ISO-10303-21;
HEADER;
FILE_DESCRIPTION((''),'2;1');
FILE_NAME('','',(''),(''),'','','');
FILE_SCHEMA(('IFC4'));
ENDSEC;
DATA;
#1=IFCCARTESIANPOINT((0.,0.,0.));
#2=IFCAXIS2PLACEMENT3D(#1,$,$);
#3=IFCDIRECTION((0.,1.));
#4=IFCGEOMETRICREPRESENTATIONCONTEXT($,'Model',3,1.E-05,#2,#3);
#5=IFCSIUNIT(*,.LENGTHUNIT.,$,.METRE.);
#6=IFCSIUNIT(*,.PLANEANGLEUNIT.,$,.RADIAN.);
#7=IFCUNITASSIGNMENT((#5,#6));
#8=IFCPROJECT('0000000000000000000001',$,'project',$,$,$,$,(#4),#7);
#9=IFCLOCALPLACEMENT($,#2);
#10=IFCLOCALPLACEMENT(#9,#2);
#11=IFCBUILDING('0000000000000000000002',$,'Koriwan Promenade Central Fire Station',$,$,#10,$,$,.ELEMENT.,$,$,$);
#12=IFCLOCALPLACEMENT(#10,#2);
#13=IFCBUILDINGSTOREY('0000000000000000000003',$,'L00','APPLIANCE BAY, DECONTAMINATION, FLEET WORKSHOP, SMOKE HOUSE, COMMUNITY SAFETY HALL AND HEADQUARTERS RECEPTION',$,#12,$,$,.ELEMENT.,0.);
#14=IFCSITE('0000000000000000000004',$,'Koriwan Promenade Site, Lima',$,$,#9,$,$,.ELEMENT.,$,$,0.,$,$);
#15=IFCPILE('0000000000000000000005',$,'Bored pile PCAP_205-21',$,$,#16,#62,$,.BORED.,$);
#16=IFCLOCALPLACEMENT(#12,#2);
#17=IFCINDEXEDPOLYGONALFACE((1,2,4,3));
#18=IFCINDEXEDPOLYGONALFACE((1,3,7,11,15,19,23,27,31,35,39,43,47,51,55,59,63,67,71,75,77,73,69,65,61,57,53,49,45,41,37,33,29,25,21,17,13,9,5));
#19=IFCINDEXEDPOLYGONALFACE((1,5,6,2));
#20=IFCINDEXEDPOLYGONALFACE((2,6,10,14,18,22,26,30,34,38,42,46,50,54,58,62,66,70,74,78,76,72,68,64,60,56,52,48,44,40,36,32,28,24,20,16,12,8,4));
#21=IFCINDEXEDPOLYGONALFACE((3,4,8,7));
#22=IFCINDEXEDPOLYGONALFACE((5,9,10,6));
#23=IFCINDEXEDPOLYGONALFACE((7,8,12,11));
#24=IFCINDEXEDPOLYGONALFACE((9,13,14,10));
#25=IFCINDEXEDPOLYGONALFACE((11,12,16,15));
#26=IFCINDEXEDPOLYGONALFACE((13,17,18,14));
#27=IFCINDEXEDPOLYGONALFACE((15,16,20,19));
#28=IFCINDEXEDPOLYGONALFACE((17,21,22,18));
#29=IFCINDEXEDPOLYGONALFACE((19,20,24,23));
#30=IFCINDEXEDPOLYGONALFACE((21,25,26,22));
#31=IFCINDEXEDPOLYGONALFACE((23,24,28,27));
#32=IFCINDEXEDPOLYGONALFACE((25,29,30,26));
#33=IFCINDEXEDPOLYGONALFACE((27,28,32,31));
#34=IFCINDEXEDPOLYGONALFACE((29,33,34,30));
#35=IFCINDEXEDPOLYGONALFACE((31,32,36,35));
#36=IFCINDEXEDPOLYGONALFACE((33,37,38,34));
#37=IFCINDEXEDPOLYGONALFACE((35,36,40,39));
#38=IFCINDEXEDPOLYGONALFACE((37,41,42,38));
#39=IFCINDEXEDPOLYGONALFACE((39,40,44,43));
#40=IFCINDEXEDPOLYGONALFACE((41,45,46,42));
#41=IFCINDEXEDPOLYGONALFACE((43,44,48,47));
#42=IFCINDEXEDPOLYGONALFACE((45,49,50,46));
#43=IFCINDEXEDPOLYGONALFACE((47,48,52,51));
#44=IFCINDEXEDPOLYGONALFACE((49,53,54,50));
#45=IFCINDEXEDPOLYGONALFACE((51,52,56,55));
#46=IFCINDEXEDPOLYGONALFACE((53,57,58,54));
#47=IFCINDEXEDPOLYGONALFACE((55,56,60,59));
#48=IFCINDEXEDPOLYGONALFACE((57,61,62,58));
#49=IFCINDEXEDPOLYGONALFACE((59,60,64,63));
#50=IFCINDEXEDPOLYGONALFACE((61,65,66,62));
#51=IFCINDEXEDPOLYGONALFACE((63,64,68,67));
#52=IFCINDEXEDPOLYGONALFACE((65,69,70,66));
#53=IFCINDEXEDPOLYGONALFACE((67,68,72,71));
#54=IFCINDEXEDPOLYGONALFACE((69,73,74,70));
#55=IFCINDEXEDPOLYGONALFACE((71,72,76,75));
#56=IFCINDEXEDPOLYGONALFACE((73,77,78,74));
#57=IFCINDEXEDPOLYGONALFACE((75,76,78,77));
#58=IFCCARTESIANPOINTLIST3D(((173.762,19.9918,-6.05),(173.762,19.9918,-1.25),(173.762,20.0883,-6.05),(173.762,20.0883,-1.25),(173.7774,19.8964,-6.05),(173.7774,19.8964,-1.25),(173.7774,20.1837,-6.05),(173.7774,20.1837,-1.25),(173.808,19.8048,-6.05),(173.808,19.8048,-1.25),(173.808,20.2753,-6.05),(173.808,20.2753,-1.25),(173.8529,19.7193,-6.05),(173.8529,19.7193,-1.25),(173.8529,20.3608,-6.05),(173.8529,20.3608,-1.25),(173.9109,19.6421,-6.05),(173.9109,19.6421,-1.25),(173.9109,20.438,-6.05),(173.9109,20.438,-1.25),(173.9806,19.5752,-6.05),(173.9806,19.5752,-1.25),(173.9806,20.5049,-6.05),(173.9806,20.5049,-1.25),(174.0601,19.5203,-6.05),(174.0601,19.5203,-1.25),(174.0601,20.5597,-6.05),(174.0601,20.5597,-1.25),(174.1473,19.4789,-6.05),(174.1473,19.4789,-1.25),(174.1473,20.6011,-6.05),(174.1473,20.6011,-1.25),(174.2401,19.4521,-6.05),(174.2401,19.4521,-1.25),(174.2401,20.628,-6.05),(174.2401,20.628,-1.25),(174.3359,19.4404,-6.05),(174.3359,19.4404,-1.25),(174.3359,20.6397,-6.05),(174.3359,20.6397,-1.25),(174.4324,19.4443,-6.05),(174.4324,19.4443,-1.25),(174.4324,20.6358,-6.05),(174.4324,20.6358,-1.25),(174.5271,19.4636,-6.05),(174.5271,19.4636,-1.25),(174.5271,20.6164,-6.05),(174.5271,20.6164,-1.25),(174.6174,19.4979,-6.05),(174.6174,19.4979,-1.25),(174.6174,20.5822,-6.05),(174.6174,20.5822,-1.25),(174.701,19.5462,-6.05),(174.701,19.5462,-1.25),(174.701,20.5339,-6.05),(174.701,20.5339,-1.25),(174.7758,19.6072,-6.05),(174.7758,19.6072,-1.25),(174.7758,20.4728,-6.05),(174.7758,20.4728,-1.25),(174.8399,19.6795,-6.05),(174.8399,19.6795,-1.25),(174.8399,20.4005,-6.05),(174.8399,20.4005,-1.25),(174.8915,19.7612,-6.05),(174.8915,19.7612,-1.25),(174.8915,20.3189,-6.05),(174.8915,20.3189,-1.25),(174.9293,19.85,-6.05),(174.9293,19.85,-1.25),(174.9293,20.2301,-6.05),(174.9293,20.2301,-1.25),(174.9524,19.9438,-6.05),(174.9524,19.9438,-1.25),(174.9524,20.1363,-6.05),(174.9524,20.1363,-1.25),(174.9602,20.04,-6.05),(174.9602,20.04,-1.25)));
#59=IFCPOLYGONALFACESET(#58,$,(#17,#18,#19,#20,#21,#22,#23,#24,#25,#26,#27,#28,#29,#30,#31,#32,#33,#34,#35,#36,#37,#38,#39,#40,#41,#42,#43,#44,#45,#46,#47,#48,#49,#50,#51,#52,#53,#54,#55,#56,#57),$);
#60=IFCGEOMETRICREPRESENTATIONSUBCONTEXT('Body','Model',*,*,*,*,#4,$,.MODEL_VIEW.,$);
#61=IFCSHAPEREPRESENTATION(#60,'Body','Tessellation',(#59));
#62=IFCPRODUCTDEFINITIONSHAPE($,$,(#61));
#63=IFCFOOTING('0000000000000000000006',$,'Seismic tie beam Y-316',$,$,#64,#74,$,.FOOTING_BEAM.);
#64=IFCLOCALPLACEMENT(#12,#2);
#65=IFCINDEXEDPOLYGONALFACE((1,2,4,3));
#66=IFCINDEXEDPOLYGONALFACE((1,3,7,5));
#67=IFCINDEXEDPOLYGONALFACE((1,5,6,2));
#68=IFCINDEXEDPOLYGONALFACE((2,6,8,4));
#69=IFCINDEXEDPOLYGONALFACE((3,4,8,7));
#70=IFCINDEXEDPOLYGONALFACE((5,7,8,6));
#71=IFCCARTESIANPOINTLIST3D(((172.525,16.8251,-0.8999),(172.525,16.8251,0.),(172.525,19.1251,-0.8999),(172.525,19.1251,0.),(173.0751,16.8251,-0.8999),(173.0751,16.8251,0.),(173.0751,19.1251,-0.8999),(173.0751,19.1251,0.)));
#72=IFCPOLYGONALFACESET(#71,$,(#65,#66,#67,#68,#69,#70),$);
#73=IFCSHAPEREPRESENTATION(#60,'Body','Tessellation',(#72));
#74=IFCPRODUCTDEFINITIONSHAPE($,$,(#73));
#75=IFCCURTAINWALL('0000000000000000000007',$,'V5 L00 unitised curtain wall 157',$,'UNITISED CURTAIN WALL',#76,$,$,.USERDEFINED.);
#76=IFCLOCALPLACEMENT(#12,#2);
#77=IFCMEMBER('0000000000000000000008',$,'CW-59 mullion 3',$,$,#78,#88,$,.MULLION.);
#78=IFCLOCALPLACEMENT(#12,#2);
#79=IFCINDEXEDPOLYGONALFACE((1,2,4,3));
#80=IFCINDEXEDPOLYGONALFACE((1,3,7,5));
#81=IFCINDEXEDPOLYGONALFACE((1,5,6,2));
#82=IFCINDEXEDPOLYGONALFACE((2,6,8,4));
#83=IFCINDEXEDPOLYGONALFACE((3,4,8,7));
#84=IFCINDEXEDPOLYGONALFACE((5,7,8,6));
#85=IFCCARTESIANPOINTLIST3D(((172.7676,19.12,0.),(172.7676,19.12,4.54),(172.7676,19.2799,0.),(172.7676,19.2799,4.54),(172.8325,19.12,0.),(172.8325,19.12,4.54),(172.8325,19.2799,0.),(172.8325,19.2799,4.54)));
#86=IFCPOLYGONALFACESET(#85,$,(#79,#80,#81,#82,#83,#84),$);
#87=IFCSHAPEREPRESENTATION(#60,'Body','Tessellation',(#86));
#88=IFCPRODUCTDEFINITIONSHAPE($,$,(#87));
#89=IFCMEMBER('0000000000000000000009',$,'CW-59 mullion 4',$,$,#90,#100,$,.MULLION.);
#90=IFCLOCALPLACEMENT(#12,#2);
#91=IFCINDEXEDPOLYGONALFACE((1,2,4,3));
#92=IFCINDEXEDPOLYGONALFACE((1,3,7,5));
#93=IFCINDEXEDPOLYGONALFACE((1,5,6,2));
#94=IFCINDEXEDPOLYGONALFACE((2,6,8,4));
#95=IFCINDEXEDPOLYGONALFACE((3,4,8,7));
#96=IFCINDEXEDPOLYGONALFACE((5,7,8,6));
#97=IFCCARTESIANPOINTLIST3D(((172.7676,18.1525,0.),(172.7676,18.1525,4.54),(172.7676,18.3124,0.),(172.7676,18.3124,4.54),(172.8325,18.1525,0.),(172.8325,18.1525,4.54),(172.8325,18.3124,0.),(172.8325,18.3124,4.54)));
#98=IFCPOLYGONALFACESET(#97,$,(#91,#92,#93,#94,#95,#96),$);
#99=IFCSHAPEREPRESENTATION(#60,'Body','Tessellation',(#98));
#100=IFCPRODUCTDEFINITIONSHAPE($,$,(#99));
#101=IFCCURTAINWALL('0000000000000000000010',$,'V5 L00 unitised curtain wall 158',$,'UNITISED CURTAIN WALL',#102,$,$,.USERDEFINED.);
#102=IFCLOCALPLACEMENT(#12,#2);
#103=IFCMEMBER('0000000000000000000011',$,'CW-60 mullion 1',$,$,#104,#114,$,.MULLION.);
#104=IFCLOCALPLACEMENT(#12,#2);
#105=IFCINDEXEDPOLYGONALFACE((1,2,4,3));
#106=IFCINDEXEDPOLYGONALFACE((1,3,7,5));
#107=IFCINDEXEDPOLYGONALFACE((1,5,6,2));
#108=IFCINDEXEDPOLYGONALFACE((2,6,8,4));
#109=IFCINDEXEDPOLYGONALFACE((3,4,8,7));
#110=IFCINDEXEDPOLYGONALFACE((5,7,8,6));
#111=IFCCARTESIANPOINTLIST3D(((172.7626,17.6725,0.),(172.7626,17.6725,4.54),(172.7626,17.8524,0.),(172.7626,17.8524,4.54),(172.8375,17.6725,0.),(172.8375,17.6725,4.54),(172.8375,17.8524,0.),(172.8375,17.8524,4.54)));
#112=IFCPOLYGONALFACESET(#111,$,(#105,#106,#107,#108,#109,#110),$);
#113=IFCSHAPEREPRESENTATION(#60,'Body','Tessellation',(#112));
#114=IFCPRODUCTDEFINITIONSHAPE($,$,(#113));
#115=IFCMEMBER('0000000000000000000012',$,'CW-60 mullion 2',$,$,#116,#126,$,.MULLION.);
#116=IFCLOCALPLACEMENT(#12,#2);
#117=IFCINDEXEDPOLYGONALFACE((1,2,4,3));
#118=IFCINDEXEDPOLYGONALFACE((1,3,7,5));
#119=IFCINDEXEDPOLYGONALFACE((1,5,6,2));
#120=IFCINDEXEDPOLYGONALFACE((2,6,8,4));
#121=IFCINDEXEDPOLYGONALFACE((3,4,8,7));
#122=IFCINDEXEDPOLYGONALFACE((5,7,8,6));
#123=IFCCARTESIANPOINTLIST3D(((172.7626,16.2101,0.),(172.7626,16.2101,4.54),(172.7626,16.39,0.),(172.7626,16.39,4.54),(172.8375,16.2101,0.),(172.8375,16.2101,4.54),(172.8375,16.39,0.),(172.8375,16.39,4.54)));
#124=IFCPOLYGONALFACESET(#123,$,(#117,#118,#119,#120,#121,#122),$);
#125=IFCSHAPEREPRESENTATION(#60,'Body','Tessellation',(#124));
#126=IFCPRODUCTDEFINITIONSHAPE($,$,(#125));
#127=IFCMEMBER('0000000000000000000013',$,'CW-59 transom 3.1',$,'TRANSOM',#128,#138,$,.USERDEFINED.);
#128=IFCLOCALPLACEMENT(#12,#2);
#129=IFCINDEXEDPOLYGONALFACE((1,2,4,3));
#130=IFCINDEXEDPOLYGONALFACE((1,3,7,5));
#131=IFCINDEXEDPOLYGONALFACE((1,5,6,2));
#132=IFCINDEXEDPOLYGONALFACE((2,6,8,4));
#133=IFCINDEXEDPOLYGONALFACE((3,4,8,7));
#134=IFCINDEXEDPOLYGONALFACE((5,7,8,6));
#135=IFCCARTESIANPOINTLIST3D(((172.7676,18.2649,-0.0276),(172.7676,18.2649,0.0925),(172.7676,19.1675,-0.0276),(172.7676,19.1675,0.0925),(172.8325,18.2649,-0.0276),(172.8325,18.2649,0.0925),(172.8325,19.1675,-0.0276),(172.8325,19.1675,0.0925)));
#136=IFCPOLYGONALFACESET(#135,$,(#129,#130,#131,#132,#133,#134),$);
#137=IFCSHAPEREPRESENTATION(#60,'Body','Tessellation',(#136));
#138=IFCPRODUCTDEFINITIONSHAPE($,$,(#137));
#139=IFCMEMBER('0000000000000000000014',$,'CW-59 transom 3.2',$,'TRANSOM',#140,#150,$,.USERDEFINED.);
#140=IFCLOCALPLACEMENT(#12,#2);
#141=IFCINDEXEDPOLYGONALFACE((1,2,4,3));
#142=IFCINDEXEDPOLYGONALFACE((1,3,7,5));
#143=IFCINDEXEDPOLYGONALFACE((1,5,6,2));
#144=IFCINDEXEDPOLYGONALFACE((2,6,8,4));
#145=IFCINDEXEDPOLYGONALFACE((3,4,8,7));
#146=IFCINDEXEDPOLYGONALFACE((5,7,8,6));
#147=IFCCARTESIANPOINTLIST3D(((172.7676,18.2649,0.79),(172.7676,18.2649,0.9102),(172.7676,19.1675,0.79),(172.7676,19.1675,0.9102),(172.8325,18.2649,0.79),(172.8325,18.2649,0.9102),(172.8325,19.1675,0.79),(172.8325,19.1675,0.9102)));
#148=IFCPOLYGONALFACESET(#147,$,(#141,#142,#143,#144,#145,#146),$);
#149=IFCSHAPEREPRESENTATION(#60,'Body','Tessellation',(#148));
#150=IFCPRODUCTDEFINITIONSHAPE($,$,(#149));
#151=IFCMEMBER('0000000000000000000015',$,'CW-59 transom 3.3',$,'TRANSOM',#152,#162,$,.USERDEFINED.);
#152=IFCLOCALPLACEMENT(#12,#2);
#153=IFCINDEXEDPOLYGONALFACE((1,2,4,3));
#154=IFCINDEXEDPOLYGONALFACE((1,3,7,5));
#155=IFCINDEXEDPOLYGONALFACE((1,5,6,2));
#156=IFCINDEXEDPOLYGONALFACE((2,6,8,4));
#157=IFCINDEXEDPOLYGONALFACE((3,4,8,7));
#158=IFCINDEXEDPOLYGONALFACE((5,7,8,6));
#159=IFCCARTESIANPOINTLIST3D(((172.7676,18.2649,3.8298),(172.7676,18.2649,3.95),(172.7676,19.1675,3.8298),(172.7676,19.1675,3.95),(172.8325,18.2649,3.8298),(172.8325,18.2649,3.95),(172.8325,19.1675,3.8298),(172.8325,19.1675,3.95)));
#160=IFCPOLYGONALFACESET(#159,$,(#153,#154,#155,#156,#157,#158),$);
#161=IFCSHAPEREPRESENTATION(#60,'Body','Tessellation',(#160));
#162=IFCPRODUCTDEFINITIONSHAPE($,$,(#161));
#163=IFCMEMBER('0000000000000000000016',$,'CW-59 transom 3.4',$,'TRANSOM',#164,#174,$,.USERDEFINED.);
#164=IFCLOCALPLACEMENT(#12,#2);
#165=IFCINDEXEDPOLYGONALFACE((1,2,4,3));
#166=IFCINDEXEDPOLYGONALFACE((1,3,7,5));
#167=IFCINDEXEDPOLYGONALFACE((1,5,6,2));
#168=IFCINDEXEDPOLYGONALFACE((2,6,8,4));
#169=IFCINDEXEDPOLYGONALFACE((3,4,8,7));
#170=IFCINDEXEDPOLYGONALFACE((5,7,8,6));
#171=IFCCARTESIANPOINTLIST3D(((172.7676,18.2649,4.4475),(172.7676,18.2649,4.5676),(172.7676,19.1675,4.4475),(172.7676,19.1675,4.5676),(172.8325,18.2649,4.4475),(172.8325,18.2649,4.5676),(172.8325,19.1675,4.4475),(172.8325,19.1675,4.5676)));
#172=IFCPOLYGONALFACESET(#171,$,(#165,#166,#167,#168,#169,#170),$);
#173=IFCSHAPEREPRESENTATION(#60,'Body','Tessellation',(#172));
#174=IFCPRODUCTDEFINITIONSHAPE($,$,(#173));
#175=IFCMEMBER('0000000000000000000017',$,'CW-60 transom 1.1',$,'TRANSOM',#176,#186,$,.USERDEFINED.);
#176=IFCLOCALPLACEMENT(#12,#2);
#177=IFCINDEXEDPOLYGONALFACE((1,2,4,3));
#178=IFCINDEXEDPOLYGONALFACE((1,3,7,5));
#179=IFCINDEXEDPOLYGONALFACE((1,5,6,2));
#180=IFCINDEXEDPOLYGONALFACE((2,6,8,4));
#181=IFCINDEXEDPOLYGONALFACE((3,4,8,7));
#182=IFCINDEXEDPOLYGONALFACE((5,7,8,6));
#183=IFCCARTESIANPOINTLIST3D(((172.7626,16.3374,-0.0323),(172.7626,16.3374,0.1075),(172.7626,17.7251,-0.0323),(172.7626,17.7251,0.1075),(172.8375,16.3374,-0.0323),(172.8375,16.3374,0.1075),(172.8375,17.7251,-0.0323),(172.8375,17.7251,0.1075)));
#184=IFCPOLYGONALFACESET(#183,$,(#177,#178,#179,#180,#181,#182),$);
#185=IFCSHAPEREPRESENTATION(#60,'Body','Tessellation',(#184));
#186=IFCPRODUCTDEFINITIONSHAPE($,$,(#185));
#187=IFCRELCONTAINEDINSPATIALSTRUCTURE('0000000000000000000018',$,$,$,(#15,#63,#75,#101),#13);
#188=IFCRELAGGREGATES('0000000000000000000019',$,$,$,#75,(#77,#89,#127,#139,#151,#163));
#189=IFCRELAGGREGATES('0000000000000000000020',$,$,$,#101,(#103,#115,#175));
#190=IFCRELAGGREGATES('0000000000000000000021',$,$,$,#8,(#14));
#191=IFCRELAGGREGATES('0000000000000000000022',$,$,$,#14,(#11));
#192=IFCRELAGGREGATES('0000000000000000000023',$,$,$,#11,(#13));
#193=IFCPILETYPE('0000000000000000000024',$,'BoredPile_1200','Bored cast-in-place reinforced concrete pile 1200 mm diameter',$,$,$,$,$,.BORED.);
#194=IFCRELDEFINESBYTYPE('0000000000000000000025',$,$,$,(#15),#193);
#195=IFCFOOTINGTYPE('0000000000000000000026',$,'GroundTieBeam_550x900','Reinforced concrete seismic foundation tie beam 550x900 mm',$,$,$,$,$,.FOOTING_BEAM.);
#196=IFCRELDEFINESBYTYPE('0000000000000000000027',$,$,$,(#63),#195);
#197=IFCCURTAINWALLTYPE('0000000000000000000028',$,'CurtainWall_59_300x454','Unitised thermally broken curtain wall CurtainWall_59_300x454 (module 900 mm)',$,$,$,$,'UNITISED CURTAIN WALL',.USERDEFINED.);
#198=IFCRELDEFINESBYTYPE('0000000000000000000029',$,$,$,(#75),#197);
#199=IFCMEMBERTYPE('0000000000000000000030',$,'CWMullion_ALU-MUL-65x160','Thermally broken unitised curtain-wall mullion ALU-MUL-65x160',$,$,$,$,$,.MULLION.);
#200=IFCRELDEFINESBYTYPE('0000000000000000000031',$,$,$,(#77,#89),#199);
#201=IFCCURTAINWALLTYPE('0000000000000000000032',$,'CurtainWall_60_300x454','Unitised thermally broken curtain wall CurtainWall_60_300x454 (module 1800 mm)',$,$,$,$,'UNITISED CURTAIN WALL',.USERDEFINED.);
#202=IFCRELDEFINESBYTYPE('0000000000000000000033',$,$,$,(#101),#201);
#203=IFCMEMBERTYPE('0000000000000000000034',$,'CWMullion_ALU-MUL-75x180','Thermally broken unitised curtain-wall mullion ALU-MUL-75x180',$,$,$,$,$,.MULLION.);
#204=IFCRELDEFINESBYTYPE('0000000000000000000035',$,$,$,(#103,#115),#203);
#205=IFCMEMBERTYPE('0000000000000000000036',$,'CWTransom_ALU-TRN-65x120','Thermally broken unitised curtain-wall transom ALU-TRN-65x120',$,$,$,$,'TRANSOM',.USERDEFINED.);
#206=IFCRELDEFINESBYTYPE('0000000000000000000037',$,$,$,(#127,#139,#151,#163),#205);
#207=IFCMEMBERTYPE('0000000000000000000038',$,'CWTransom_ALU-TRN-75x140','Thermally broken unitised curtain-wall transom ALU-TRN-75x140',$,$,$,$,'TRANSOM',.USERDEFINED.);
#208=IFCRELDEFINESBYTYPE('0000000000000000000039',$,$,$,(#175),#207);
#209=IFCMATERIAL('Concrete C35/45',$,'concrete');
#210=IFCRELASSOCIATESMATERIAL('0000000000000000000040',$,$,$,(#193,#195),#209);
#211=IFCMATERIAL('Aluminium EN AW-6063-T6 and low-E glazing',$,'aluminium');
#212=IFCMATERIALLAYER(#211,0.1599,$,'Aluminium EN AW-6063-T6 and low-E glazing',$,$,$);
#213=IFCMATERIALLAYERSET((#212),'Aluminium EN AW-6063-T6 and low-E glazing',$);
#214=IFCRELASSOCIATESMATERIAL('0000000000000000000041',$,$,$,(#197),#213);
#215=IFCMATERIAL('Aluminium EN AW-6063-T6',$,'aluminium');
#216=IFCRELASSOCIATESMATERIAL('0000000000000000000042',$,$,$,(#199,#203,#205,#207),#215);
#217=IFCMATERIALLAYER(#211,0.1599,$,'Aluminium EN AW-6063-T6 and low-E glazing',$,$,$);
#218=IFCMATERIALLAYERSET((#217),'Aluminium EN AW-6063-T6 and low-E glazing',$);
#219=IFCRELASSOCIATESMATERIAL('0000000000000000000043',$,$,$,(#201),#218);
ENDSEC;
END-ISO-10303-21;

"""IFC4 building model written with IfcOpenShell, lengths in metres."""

from ifc_helpers import new_model, si_unit, direction, frame, origin, origin_2d, place, context, subcontext, project, spatial, rectangle, circle, extrude, material, layer, layer_set, material_profile, profile_set, type_object, element, aggregate, save


model = new_model("IFC4")

# Units and contexts
model_context = context("Model", 3, precision=1e-05, world=origin(), true_north=direction((0.0, 1.0)))
body_context = subcontext(model_context, "Body", "Model", "MODEL_VIEW")
ifc_project = project(units=[si_unit("LENGTHUNIT", "METRE"), si_unit("PLANEANGLEUNIT", "RADIAN")], contexts=[model_context])

# Site, building, storey
site_placement = place(None, origin())
site = spatial("IfcSite", under=ifc_project, at=site_placement, Name="Koriwan Promenade Site, Lima", CompositionType="ELEMENT", RefElevation=0.0)
building_placement = place(site_placement, origin())
building = spatial("IfcBuilding", under=site, at=building_placement, Name="Koriwan Promenade Central Fire Station", CompositionType="ELEMENT")
storey_placement = place(building_placement, origin())
storey = spatial("IfcBuildingStorey", under=building, at=storey_placement, Name="L00", Description="APPLIANCE BAY, DECONTAMINATION, FLEET WORKSHOP, SMOKE HOUSE, COMMUNITY SAFETY HALL AND HEADQUARTERS RECEPTION", CompositionType="ELEMENT", Elevation=0.0)

# Pile
ifc_material_1 = material(Name="Concrete C35/45", Category="concrete")
ifc_material_profile_1 = material_profile(ifc_material_1, circle(Radius=0.6001, at=origin_2d()), Name="PILE-D1200")
ifc_profile_set_1 = profile_set([ifc_material_profile_1], Name="Concrete C35/45")
pile_type = type_object("IfcPileType", Name="BoredPile_1200", Description="Bored cast-in-place reinforced concrete pile 1200 mm diameter", PredefinedType="BORED", material=ifc_profile_set_1)
pile_placement = place(storey_placement, frame((174.3601, 20.04, -1.25), z_axis=(0.0, 0.0, -1.0), x_axis=(1.0, 0.0, 0.0)))
element("IfcPile", 1, at=pile_placement, inside=storey, type_object=pile_type, Name="Bored pile PCAP_205-21", PredefinedType="BORED", context=body_context, shape_type="SweptSolid", body=[
    extrude(circle(Radius=0.6001, at=origin_2d()), origin(), (0.0, 0.0, 1.0), 4.8),
])

# Footing
footing_type = type_object("IfcFootingType", Name="GroundTieBeam_550x900", Description="Reinforced concrete seismic foundation tie beam 550x900 mm", PredefinedType="FOOTING_BEAM", material=ifc_material_1)
footing_placement = place(storey_placement, frame((172.8, 17.9751, -0.8999), z_axis=(0.0, 0.0, 1.0), x_axis=(0.0, 1.0, 0.0)))
element("IfcFooting", 2, at=footing_placement, inside=storey, type_object=footing_type, Name="Seismic tie beam Y-316", PredefinedType="FOOTING_BEAM", context=body_context, shape_type="SweptSolid", body=[
    extrude(rectangle(XDim=2.3, YDim=0.55, at=origin_2d()), origin(), (0.0, 0.0, 1.0), 0.8999),
])

# Curtain walls, members
ifc_material_2 = material(Name="Aluminium EN AW-6063-T6 and low-E glazing", Category="aluminium")
ifc_layer_1 = layer(ifc_material_2, 0.1599, Name="Aluminium EN AW-6063-T6 and low-E glazing")
ifc_layer_set_1 = layer_set([ifc_layer_1], Name="Aluminium EN AW-6063-T6 and low-E glazing")
curtain_wall_type_1 = type_object("IfcCurtainWallType", Name="CurtainWall_59_300x454", Description="Unitised thermally broken curtain wall CurtainWall_59_300x454 (module 900 mm)", ElementType="UNITISED CURTAIN WALL", PredefinedType="USERDEFINED", material=ifc_layer_set_1)
curtain_wall_1_placement = place(storey_placement, origin())
curtain_wall_1 = element("IfcCurtainWall", 3, at=curtain_wall_1_placement, inside=storey, type_object=curtain_wall_type_1, Name="V5 L00 unitised curtain wall 157", ObjectType="UNITISED CURTAIN WALL", PredefinedType="USERDEFINED")
ifc_material_3 = material(Name="Aluminium EN AW-6063-T6", Category="aluminium")
ifc_material_profile_2 = material_profile(ifc_material_3, rectangle(XDim=0.0649, YDim=0.1599, at=origin_2d()), Name="ALU-MUL-65x160")
ifc_profile_set_2 = profile_set([ifc_material_profile_2], Name="Aluminium EN AW-6063-T6")
member_type_1 = type_object("IfcMemberType", Name="CWMullion_ALU-MUL-65x160", Description="Thermally broken unitised curtain-wall mullion ALU-MUL-65x160", PredefinedType="MULLION", material=ifc_profile_set_2)
member_1_placement = place(storey_placement, frame((172.8, 19.2, 0.0), z_axis=(0.0, 0.0, 1.0), x_axis=(1.0, 0.0, 0.0)))
member_1 = element("IfcMember", 4, at=member_1_placement, type_object=member_type_1, Name="CW-59 mullion 3", PredefinedType="MULLION", context=body_context, shape_type="SweptSolid", body=[
    extrude(rectangle(XDim=0.0649, YDim=0.1599, at=origin_2d()), origin(), (0.0, 0.0, 1.0), 4.54),
])
member_2_placement = place(storey_placement, frame((172.8, 18.2324, 0.0), z_axis=(0.0, 0.0, 1.0), x_axis=(1.0, 0.0, 0.0)))
member_2 = element("IfcMember", 5, at=member_2_placement, type_object=member_type_1, Name="CW-59 mullion 4", PredefinedType="MULLION", context=body_context, shape_type="SweptSolid", body=[
    extrude(rectangle(XDim=0.0649, YDim=0.1599, at=origin_2d()), origin(), (0.0, 0.0, 1.0), 4.54),
])
ifc_layer_2 = layer(ifc_material_2, 0.1599, Name="Aluminium EN AW-6063-T6 and low-E glazing")
ifc_layer_set_2 = layer_set([ifc_layer_2], Name="Aluminium EN AW-6063-T6 and low-E glazing")
curtain_wall_type_2 = type_object("IfcCurtainWallType", Name="CurtainWall_60_300x454", Description="Unitised thermally broken curtain wall CurtainWall_60_300x454 (module 1800 mm)", ElementType="UNITISED CURTAIN WALL", PredefinedType="USERDEFINED", material=ifc_layer_set_2)
curtain_wall_2_placement = place(storey_placement, origin())
curtain_wall_2 = element("IfcCurtainWall", 6, at=curtain_wall_2_placement, inside=storey, type_object=curtain_wall_type_2, Name="V5 L00 unitised curtain wall 158", ObjectType="UNITISED CURTAIN WALL", PredefinedType="USERDEFINED")
ifc_material_profile_3 = material_profile(ifc_material_3, rectangle(XDim=0.075, YDim=0.1799, at=origin_2d()), Name="ALU-MUL-75x180")
ifc_profile_set_3 = profile_set([ifc_material_profile_3], Name="Aluminium EN AW-6063-T6")
member_type_2 = type_object("IfcMemberType", Name="CWMullion_ALU-MUL-75x180", Description="Thermally broken unitised curtain-wall mullion ALU-MUL-75x180", PredefinedType="MULLION", material=ifc_profile_set_3)
member_3_placement = place(storey_placement, frame((172.8, 17.7625, 0.0), z_axis=(0.0, 0.0, 1.0), x_axis=(1.0, 0.0, 0.0)))
member_3 = element("IfcMember", 7, at=member_3_placement, type_object=member_type_2, Name="CW-60 mullion 1", PredefinedType="MULLION", context=body_context, shape_type="SweptSolid", body=[
    extrude(rectangle(XDim=0.075, YDim=0.1799, at=origin_2d()), origin(), (0.0, 0.0, 1.0), 4.54),
])
member_4_placement = place(storey_placement, frame((172.8, 16.3, 0.0), z_axis=(0.0, 0.0, 1.0), x_axis=(1.0, 0.0, 0.0)))
member_4 = element("IfcMember", 8, at=member_4_placement, type_object=member_type_2, Name="CW-60 mullion 2", PredefinedType="MULLION", context=body_context, shape_type="SweptSolid", body=[
    extrude(rectangle(XDim=0.075, YDim=0.1799, at=origin_2d()), origin(), (0.0, 0.0, 1.0), 4.54),
])

# Members
ifc_material_profile_4 = material_profile(ifc_material_3, rectangle(XDim=0.0649, YDim=0.1201, at=origin_2d()), Name="ALU-TRN-65x120")
ifc_profile_set_4 = profile_set([ifc_material_profile_4], Name="Aluminium EN AW-6063-T6")
member_type_3 = type_object("IfcMemberType", Name="CWTransom_ALU-TRN-65x120", Description="Thermally broken unitised curtain-wall transom ALU-TRN-65x120", ElementType="TRANSOM", PredefinedType="USERDEFINED", material=ifc_profile_set_4)
member_5_placement = place(storey_placement, frame((172.8, 19.1675, 0.0325), z_axis=(0.0, -1.0, 0.0), x_axis=(1.0, 0.0, 0.0)))
member_5 = element("IfcMember", 9, at=member_5_placement, type_object=member_type_3, Name="CW-59 transom 3.1", ObjectType="TRANSOM", PredefinedType="USERDEFINED", context=body_context, shape_type="SweptSolid", body=[
    extrude(rectangle(XDim=0.0649, YDim=0.1201, at=origin_2d()), origin(), (0.0, 0.0, 1.0), 0.9026),
])
member_6_placement = place(storey_placement, frame((172.8, 19.1675, 0.8501), z_axis=(0.0, -1.0, 0.0), x_axis=(1.0, 0.0, 0.0)))
member_6 = element("IfcMember", 10, at=member_6_placement, type_object=member_type_3, Name="CW-59 transom 3.2", ObjectType="TRANSOM", PredefinedType="USERDEFINED", context=body_context, shape_type="SweptSolid", body=[
    extrude(rectangle(XDim=0.0649, YDim=0.1201, at=origin_2d()), origin(), (0.0, 0.0, 1.0), 0.9026),
])
member_7_placement = place(storey_placement, frame((172.8, 19.1675, 3.8899), z_axis=(0.0, -1.0, 0.0), x_axis=(1.0, 0.0, 0.0)))
member_7 = element("IfcMember", 11, at=member_7_placement, type_object=member_type_3, Name="CW-59 transom 3.3", ObjectType="TRANSOM", PredefinedType="USERDEFINED", context=body_context, shape_type="SweptSolid", body=[
    extrude(rectangle(XDim=0.0649, YDim=0.1201, at=origin_2d()), origin(), (0.0, 0.0, 1.0), 0.9026),
])
member_8_placement = place(storey_placement, frame((172.8, 19.1675, 4.5076), z_axis=(0.0, -1.0, 0.0), x_axis=(1.0, 0.0, 0.0)))
member_8 = element("IfcMember", 12, at=member_8_placement, type_object=member_type_3, Name="CW-59 transom 3.4", ObjectType="TRANSOM", PredefinedType="USERDEFINED", context=body_context, shape_type="SweptSolid", body=[
    extrude(rectangle(XDim=0.0649, YDim=0.1201, at=origin_2d()), origin(), (0.0, 0.0, 1.0), 0.9026),
])
ifc_material_profile_5 = material_profile(ifc_material_3, rectangle(XDim=0.075, YDim=0.1399, at=origin_2d()), Name="ALU-TRN-75x140")
ifc_profile_set_5 = profile_set([ifc_material_profile_5], Name="Aluminium EN AW-6063-T6")
member_type_4 = type_object("IfcMemberType", Name="CWTransom_ALU-TRN-75x140", Description="Thermally broken unitised curtain-wall transom ALU-TRN-75x140", ElementType="TRANSOM", PredefinedType="USERDEFINED", material=ifc_profile_set_5)
member_9_placement = place(storey_placement, frame((172.8, 17.7251, 0.0376), z_axis=(0.0, -1.0, 0.0), x_axis=(1.0, 0.0, 0.0)))
member_9 = element("IfcMember", 13, at=member_9_placement, type_object=member_type_4, Name="CW-60 transom 1.1", ObjectType="TRANSOM", PredefinedType="USERDEFINED", context=body_context, shape_type="SweptSolid", body=[
    extrude(rectangle(XDim=0.075, YDim=0.1399, at=origin_2d()), origin(), (0.0, 0.0, 1.0), 1.3877),
])

aggregate(curtain_wall_1, [member_1, member_2, member_5, member_6, member_7, member_8])
aggregate(curtain_wall_2, [member_3, member_4, member_9])

save(model, "model.ifc")
